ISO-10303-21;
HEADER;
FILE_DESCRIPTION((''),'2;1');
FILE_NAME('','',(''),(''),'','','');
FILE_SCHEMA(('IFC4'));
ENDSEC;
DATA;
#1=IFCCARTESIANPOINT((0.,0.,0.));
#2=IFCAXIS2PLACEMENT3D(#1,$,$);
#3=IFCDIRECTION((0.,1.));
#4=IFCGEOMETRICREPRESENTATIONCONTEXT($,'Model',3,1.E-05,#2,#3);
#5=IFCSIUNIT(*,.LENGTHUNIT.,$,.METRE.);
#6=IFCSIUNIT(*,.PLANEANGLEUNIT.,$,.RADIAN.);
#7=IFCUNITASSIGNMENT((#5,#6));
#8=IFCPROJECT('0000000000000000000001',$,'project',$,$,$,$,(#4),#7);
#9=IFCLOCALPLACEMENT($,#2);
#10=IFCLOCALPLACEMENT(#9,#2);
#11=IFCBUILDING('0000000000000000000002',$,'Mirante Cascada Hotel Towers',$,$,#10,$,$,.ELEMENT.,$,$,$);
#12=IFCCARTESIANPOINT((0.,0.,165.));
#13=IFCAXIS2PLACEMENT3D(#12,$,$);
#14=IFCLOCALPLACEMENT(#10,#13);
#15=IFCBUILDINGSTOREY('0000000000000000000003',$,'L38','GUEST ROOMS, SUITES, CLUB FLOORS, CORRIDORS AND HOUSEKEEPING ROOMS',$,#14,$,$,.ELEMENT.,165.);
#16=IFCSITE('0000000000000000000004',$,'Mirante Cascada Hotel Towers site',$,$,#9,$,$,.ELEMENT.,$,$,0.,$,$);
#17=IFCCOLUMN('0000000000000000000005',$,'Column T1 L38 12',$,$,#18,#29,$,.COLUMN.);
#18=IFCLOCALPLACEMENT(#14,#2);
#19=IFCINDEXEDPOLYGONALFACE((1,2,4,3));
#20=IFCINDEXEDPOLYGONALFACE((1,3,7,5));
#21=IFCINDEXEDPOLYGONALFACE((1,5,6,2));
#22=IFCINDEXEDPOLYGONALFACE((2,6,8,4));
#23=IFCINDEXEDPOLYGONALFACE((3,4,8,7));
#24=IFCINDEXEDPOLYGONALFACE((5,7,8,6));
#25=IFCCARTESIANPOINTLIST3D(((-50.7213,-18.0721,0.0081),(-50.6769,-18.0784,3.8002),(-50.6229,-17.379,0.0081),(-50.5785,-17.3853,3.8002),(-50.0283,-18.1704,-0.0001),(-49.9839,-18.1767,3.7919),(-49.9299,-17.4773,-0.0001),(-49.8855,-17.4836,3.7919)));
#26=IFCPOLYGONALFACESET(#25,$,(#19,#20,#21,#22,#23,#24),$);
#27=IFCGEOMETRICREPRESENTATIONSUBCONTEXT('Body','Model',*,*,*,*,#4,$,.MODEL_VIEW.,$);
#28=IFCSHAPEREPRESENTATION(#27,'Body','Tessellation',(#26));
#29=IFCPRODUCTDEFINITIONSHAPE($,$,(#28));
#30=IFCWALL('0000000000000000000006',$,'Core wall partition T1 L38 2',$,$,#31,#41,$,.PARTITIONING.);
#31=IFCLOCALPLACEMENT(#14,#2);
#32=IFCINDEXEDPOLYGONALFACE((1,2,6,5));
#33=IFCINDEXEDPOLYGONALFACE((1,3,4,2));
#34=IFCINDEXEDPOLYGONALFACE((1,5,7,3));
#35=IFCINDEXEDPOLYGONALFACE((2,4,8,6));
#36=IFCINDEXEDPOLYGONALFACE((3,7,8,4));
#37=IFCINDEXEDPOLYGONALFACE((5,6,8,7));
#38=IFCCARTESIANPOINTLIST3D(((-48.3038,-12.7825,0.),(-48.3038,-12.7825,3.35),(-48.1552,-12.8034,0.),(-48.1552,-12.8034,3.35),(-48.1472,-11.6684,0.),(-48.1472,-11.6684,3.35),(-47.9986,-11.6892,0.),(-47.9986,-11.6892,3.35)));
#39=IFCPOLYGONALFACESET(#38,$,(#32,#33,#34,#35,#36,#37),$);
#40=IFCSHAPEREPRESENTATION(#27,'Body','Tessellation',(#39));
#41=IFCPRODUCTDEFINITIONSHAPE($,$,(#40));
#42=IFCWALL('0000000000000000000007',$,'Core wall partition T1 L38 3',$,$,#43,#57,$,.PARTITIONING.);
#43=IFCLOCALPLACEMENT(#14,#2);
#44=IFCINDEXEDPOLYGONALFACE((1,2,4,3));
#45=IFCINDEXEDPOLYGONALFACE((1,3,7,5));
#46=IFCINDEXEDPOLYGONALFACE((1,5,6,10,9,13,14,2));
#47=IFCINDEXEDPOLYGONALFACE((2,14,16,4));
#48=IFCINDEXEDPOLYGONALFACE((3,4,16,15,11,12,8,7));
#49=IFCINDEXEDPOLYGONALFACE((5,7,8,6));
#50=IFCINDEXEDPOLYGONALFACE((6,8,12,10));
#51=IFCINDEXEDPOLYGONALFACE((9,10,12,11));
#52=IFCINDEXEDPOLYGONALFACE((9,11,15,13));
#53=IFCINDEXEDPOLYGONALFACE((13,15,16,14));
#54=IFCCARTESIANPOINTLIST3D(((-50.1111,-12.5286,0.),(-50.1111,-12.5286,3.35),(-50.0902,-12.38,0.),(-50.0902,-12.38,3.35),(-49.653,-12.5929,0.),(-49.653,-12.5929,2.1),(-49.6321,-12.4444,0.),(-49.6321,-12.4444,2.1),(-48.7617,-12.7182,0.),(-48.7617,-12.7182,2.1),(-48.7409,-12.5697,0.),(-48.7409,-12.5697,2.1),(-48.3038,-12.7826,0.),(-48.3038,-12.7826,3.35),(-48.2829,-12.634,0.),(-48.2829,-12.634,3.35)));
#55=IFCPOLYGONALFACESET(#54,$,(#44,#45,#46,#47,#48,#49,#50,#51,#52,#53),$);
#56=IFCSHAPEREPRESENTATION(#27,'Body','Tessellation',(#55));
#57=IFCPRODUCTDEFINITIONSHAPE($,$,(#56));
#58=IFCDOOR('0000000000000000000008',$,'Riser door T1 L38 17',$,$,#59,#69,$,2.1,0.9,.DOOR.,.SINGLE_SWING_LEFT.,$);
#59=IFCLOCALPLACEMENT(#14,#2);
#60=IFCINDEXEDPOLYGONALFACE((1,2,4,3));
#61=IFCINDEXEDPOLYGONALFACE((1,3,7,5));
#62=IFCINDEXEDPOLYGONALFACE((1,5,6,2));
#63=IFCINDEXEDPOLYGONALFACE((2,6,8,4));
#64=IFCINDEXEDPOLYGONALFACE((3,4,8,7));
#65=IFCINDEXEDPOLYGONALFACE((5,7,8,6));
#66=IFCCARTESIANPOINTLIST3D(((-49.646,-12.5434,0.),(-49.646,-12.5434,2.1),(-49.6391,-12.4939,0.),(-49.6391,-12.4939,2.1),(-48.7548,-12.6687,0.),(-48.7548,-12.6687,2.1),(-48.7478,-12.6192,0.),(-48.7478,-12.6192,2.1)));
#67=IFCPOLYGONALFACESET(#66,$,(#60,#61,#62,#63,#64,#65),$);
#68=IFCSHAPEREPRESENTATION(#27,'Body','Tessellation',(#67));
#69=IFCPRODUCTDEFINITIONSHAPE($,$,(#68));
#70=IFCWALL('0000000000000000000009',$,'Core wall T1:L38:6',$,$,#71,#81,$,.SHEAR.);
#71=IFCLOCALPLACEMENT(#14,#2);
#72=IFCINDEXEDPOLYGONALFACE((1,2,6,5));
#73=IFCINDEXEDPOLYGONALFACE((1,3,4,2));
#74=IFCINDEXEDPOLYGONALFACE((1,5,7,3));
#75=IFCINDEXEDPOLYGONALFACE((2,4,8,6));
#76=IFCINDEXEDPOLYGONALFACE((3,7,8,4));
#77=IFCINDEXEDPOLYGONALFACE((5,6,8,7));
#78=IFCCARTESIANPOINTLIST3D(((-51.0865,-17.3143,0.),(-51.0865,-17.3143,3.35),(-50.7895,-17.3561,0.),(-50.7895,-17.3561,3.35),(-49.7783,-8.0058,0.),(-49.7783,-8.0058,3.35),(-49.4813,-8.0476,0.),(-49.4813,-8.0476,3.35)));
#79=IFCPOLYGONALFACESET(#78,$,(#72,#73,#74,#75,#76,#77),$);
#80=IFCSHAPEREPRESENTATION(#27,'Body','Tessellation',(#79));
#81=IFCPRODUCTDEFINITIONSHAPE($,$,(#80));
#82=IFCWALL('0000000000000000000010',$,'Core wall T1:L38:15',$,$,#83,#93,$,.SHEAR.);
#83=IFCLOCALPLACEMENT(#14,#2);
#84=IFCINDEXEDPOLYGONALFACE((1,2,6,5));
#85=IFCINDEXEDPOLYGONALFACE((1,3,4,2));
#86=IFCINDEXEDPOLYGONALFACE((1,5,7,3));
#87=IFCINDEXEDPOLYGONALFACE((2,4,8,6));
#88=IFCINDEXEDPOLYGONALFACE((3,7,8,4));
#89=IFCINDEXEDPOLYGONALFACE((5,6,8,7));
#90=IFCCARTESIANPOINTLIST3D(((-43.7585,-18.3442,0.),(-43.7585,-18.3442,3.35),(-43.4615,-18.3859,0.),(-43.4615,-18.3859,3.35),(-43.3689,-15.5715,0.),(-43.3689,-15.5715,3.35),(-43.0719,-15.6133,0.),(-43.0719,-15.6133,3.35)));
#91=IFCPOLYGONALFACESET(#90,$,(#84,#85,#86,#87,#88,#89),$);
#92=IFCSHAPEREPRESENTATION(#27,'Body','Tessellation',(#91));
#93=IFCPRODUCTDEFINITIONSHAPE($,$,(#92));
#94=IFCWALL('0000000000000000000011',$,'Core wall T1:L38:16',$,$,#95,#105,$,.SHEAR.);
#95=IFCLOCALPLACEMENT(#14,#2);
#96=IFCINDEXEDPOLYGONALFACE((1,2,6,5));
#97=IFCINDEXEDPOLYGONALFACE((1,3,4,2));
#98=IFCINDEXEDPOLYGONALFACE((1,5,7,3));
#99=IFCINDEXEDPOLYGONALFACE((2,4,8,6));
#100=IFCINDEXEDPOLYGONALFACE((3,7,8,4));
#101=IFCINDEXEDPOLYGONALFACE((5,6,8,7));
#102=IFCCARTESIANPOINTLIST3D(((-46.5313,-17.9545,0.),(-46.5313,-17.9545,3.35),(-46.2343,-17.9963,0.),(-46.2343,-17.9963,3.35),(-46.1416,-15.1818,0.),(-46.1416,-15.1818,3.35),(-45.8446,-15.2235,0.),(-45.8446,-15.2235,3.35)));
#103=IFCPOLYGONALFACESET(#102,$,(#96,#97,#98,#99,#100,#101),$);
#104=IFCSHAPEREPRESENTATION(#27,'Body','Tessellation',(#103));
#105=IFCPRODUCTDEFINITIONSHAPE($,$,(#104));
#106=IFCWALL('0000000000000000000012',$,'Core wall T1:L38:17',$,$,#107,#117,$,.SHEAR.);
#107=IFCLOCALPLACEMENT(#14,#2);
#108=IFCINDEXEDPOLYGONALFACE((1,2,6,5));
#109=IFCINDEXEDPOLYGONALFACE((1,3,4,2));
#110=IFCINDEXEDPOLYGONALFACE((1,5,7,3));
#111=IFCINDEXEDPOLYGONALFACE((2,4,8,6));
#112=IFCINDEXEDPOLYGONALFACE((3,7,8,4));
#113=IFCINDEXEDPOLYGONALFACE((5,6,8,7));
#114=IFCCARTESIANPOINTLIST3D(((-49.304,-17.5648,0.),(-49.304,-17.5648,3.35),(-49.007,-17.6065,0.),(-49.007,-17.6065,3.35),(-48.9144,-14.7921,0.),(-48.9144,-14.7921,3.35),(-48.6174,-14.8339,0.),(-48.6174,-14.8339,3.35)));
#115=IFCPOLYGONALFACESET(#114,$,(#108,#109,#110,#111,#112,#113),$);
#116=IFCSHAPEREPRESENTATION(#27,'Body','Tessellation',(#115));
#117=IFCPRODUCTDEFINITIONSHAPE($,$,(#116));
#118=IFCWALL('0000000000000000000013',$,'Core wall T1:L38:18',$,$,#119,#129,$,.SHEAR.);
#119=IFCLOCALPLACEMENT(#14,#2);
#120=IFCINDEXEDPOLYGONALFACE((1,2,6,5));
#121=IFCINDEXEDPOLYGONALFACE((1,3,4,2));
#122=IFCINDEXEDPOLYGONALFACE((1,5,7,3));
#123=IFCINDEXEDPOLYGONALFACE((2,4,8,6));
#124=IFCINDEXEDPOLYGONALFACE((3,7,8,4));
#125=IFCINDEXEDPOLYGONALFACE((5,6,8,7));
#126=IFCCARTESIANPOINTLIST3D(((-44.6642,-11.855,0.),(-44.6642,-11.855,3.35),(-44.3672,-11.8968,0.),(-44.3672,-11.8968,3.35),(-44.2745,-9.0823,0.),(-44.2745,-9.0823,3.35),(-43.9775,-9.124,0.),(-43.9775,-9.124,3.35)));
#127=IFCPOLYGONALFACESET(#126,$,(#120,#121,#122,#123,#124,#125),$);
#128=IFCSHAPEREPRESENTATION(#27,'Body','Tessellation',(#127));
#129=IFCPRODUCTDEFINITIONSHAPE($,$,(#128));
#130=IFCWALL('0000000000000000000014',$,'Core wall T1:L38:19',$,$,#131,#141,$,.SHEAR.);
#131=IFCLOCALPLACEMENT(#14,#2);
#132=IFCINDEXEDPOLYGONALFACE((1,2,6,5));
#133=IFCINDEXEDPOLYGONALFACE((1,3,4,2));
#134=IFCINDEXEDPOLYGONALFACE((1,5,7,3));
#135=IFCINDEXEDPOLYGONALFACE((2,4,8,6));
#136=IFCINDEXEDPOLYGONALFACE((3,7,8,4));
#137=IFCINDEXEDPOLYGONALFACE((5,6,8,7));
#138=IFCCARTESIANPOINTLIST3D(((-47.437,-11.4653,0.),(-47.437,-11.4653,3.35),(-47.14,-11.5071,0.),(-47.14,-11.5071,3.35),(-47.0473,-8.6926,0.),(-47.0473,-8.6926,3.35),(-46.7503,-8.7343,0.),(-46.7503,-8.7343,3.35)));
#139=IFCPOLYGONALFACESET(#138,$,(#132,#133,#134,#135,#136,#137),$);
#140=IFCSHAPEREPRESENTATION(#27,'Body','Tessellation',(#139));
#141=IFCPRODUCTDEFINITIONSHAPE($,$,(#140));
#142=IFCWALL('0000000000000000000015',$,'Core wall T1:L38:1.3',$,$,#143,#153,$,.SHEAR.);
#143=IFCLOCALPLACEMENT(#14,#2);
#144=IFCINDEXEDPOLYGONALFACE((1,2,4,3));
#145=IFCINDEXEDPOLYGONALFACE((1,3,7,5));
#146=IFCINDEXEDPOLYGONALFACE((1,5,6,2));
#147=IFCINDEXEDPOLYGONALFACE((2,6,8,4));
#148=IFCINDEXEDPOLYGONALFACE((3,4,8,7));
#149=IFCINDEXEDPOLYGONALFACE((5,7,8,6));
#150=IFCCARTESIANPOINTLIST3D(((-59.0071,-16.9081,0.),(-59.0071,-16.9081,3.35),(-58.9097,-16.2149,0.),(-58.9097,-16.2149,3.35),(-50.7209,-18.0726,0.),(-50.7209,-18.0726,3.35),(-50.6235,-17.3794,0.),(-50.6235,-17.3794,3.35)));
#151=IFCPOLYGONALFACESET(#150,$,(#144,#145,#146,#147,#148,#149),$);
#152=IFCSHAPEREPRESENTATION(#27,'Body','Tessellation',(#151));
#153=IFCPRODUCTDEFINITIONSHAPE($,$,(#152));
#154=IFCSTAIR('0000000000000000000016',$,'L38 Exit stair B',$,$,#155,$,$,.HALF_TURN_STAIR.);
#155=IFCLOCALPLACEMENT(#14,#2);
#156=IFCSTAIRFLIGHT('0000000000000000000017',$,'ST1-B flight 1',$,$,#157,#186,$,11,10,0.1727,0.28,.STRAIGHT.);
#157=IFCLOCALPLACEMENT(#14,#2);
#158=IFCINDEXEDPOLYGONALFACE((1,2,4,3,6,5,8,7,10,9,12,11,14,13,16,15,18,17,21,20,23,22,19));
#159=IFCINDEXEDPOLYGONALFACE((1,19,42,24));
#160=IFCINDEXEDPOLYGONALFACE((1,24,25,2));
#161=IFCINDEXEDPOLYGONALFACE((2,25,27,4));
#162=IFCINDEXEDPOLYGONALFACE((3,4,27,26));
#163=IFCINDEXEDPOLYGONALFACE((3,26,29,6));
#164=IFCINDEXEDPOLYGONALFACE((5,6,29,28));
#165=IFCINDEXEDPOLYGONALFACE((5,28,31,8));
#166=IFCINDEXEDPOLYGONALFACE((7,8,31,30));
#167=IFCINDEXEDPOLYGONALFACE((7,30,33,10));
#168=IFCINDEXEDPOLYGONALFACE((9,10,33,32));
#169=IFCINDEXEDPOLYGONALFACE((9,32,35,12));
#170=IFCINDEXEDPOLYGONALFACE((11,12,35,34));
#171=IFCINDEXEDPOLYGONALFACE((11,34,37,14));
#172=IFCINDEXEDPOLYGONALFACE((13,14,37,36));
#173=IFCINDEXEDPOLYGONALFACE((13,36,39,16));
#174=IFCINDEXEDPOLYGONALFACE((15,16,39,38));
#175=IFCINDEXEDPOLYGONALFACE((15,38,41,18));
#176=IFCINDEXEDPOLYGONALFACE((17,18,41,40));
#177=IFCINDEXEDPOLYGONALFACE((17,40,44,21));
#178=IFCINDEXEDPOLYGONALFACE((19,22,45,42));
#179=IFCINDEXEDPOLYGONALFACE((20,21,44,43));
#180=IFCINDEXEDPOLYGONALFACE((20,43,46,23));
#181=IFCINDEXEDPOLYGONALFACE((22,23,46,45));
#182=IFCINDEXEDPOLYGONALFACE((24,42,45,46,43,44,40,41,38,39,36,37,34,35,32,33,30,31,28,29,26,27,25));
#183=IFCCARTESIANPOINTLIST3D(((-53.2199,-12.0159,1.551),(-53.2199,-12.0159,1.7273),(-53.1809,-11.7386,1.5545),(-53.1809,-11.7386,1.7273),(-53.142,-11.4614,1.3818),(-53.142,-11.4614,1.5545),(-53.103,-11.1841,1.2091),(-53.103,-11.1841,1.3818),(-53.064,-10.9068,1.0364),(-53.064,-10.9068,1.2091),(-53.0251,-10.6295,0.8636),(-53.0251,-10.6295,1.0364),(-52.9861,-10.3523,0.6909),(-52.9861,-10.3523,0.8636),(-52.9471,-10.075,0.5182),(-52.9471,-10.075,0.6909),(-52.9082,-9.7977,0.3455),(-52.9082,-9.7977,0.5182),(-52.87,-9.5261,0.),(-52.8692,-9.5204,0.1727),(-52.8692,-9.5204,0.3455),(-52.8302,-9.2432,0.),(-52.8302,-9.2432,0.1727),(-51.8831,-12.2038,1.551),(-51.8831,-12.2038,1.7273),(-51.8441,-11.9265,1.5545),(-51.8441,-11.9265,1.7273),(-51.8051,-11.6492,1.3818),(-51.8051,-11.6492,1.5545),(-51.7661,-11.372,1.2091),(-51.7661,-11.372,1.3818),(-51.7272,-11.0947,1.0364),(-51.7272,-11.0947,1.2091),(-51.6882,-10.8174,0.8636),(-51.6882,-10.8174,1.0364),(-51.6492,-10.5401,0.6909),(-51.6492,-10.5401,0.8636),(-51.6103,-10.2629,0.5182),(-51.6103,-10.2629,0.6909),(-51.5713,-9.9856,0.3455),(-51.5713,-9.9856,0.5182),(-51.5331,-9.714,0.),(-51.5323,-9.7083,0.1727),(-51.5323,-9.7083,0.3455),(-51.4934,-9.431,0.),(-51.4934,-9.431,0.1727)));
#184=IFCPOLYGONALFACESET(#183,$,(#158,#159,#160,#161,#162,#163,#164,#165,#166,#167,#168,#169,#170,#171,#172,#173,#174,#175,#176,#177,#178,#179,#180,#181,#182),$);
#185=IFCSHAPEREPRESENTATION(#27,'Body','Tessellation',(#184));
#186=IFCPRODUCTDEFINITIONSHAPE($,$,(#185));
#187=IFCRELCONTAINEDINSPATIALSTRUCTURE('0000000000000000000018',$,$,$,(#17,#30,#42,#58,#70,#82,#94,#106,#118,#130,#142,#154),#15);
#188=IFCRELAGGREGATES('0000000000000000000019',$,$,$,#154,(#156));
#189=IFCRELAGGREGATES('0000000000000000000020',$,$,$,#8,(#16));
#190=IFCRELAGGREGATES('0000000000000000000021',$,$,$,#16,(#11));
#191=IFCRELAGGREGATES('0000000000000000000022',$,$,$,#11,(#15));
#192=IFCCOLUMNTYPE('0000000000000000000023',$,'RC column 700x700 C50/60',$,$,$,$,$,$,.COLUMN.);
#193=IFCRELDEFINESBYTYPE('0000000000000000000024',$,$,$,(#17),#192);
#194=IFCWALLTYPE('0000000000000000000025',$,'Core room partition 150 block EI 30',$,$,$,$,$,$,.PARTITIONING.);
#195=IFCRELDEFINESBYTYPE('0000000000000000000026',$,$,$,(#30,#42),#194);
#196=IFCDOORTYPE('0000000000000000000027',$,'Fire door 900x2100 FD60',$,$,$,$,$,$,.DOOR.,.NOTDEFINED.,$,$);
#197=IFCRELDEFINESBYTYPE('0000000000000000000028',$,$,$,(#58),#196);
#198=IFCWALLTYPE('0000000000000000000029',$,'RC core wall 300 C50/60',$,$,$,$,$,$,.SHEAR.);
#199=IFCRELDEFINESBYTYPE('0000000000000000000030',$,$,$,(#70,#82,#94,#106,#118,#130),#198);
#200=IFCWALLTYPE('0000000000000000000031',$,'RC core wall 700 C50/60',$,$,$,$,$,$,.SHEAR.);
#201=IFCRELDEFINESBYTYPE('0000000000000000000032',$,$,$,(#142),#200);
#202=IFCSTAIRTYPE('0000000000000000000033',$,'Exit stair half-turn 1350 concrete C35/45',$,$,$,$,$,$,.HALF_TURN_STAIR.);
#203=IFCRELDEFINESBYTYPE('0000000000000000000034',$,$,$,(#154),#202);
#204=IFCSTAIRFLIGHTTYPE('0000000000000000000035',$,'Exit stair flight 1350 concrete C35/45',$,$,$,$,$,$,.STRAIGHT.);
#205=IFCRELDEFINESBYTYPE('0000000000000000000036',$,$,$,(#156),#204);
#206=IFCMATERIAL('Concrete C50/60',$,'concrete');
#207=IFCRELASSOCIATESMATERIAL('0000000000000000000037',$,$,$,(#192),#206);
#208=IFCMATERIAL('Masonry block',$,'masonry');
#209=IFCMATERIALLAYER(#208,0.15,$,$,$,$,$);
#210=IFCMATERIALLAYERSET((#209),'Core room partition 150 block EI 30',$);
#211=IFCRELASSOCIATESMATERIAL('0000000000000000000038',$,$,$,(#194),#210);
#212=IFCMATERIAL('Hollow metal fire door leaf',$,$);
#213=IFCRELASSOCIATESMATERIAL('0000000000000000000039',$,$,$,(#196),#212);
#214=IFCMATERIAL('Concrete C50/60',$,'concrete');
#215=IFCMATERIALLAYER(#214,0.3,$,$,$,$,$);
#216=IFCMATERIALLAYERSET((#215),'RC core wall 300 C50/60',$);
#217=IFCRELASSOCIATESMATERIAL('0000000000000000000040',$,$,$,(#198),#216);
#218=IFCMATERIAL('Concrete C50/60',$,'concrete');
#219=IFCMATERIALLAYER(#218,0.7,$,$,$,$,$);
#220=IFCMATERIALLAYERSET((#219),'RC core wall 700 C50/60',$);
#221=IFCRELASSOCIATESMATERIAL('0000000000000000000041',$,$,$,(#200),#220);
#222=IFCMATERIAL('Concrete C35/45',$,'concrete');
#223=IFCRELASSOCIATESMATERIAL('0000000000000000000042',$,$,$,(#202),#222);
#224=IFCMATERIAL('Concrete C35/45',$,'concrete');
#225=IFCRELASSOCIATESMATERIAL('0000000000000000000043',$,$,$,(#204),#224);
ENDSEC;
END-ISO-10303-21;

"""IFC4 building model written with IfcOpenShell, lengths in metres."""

from ifc_helpers import new_model, si_unit, direction, frame, frame_2d, origin, origin_2d, place, context, subcontext, project, spatial, polyline, rectangle, outline, extrude, material, layer, layer_set, material_profile, profile_set, type_object, element, fill, aggregate, save


model = new_model("IFC4")

# Units and contexts
model_context = context("Model", 3, precision=1e-05, world=origin(), true_north=direction((0.0, 1.0)))
body_context = subcontext(model_context, "Body", "Model", "MODEL_VIEW")
ifc_project = project(units=[si_unit("LENGTHUNIT", "METRE"), si_unit("PLANEANGLEUNIT", "RADIAN")], contexts=[model_context])

# Site, building, storey
site_placement = place(None, origin())
site = spatial("IfcSite", under=ifc_project, at=site_placement, Name="Mirante Cascada Hotel Towers site", CompositionType="ELEMENT", RefElevation=0.0)
building_placement = place(site_placement, origin())
building = spatial("IfcBuilding", under=site, at=building_placement, Name="Mirante Cascada Hotel Towers", CompositionType="ELEMENT")
storey_placement = place(building_placement, frame((0.0, 0.0, 165.0)))
storey = spatial("IfcBuildingStorey", under=building, at=storey_placement, Name="L38", Description="GUEST ROOMS, SUITES, CLUB FLOORS, CORRIDORS AND HOUSEKEEPING ROOMS", CompositionType="ELEMENT", Elevation=165.0)

# Column
ifc_material_1 = material(Name="Concrete C50/60", Category="concrete")
ifc_material_profile = material_profile(ifc_material_1, rectangle(XDim=0.7, YDim=0.7, at=origin_2d()), Name="RC column 700x700 C50/60")
ifc_profile_set = profile_set([ifc_material_profile], Name="Concrete C50/60")
column_type = type_object("IfcColumnType", Name="RC column 700x700 C50/60", PredefinedType="COLUMN", material=ifc_profile_set)
column_placement = place(storey_placement, frame((-50.3256, -17.7747, 0.004), z_axis=(0.011708, -0.001661, 0.99993), x_axis=(0.140485, 0.990083, 0.0)))
element("IfcColumn", 1, at=column_placement, inside=storey, type_object=column_type, Name="Column T1 L38 12", PredefinedType="COLUMN", context=body_context, shape_type="SweptSolid", body=[
    extrude(rectangle(XDim=0.7, YDim=0.7, at=origin_2d()), origin(), (0.0, 0.0, 1.0), 3.7923),
])

# Wall
ifc_material_2 = material(Name="Masonry block", Category="masonry")
ifc_layer_1 = layer(ifc_material_2, 0.15)
ifc_layer_set_1 = layer_set([ifc_layer_1], Name="Core room partition 150 block EI 30")
wall_type_1 = type_object("IfcWallType", Name="Core room partition 150 block EI 30", PredefinedType="PARTITIONING", material=ifc_layer_set_1)
wall_1_placement = place(storey_placement, frame((-48.2295, -12.793, 0.0), z_axis=(0.0, 0.0, 1.0), x_axis=(0.139193, 0.990265, 0.0)))
element("IfcWall", 2, at=wall_1_placement, inside=storey, type_object=wall_type_1, Name="Core wall partition T1 L38 2", PredefinedType="PARTITIONING", context=body_context, shape_type="SweptSolid", body=[
    extrude(rectangle(XDim=1.1251, YDim=0.15, at=frame_2d((0.5626, 0.0))), origin(), (0.0, 0.0, 1.0), 3.35),
])

# Wall, opening, door
wall_2_placement = place(storey_placement, frame((-48.2933, -12.7083, 0.0), z_axis=(0.0, 0.0, 1.0), x_axis=(-0.990268, 0.139173, 0.0)))
wall_2 = element("IfcWall", 3, at=wall_2_placement, inside=storey, type_object=wall_type_1, Name="Core wall partition T1 L38 3", PredefinedType="PARTITIONING", context=body_context, shape_type="SweptSolid", body=[
    extrude(rectangle(XDim=1.8251, YDim=0.15, at=frame_2d((0.9126, 0.0))), origin(), (0.0, 0.0, 1.0), 3.35),
])
opening_placement = place(wall_2_placement, frame((0.4625, 0.0, 0.0)))
opening = element("IfcOpeningElement", 4, at=opening_placement, cuts=wall_2, PredefinedType="OPENING", context=body_context, shape_type="SweptSolid", body=[
    extrude(rectangle(XDim=0.9, YDim=2.1, at=frame_2d((0.45, 1.05))), frame((0.0, 0.075, 0.0), z_axis=(0.0, -1.0, 0.0), x_axis=(1.0, 0.0, 0.0)), (0.0, 0.0, 1.0), 0.15),
])
ifc_material_3 = material(Name="Hollow metal fire door leaf")
door_type = type_object("IfcDoorType", Name="Fire door 900x2100 FD60", OperationType="NOTDEFINED", PredefinedType="DOOR", material=ifc_material_3)
door_placement = place(opening_placement, origin())
door = element("IfcDoor", 5, at=door_placement, inside=storey, type_object=door_type, Name="Riser door T1 L38 17", OperationType="SINGLE_SWING_LEFT", OverallHeight=2.1, OverallWidth=0.9, PredefinedType="DOOR", context=body_context, shape_type="SweptSolid", body=[
    extrude(rectangle(XDim=0.9, YDim=2.1, at=frame_2d((0.45, 1.05))), frame((0.0, 0.025, 0.0), z_axis=(0.0, -1.0, 0.0), x_axis=(1.0, 0.0, 0.0)), (0.0, 0.0, 1.0), 0.05),
])
fill(opening, door)

# Walls
ifc_material_4 = material(Name="Concrete C50/60", Category="concrete")
ifc_layer_2 = layer(ifc_material_4, 0.3)
ifc_layer_set_2 = layer_set([ifc_layer_2], Name="RC core wall 300 C50/60")
wall_type_2 = type_object("IfcWallType", Name="RC core wall 300 C50/60", PredefinedType="SHEAR", material=ifc_layer_set_2)
wall_3_placement = place(storey_placement, frame((-50.938, -17.3352, 0.0), z_axis=(0.0, 0.0, 1.0), x_axis=(0.139171, 0.990268, 0.0)))
element("IfcWall", 6, at=wall_3_placement, inside=storey, type_object=wall_type_2, Name="Core wall T1:L38:6", PredefinedType="SHEAR", context=body_context, shape_type="SweptSolid", body=[
    extrude(rectangle(XDim=9.4, YDim=0.3, at=frame_2d((4.7, 0.0))), origin(), (0.0, 0.0, 1.0), 3.35),
])
wall_4_placement = place(storey_placement, frame((-43.61, -18.3651, 0.0), z_axis=(0.0, 0.0, 1.0), x_axis=(0.139146, 0.990272, 0.0)))
element("IfcWall", 7, at=wall_4_placement, inside=storey, type_object=wall_type_2, Name="Core wall T1:L38:15", PredefinedType="SHEAR", context=body_context, shape_type="SweptSolid", body=[
    extrude(rectangle(XDim=2.7999, YDim=0.3, at=frame_2d((1.4, 0.0))), origin(), (0.0, 0.0, 1.0), 3.35),
])
wall_5_placement = place(storey_placement, frame((-46.3828, -17.9754, 0.0), z_axis=(0.0, 0.0, 1.0), x_axis=(0.139181, 0.990267, 0.0)))
element("IfcWall", 8, at=wall_5_placement, inside=storey, type_object=wall_type_2, Name="Core wall T1:L38:16", PredefinedType="SHEAR", context=body_context, shape_type="SweptSolid", body=[
    extrude(rectangle(XDim=2.8, YDim=0.3, at=frame_2d((1.4, 0.0))), origin(), (0.0, 0.0, 1.0), 3.35),
])
wall_6_placement = place(storey_placement, frame((-49.1555, -17.5857, 0.0), z_axis=(0.0, 0.0, 1.0), x_axis=(0.139146, 0.990272, 0.0)))
element("IfcWall", 9, at=wall_6_placement, inside=storey, type_object=wall_type_2, Name="Core wall T1:L38:17", PredefinedType="SHEAR", context=body_context, shape_type="SweptSolid", body=[
    extrude(rectangle(XDim=2.7999, YDim=0.3, at=frame_2d((1.4, 0.0))), origin(), (0.0, 0.0, 1.0), 3.35),
])
for number, where, z_axis, x_axis, name in (
    (10, (-44.5157, -11.8759, 0.0), (0.0, 0.0, 1.0), (0.139181, 0.990267, 0.0), "Core wall T1:L38:18"),
    (11, (-47.2885, -11.4862, 0.0), (0.0, 0.0, 1.0), (0.139181, 0.990267, 0.0), "Core wall T1:L38:19"),
):
    element("IfcWall", number, at=place(storey_placement, frame(where, z_axis=z_axis, x_axis=x_axis)), inside=storey, type_object=wall_type_2, Name=name, PredefinedType="SHEAR", context=body_context, shape_type="SweptSolid", body=[
        extrude(rectangle(XDim=2.8, YDim=0.3, at=frame_2d((1.4, 0.0))), origin(), (0.0, 0.0, 1.0), 3.35),
    ])
ifc_material_5 = material(Name="Concrete C50/60", Category="concrete")
ifc_layer_3 = layer(ifc_material_5, 0.7)
ifc_layer_set_3 = layer_set([ifc_layer_3], Name="RC core wall 700 C50/60")
wall_type_3 = type_object("IfcWallType", Name="RC core wall 700 C50/60", PredefinedType="SHEAR", material=ifc_layer_set_3)
wall_7_placement = place(storey_placement, frame((-50.6722, -17.726, 0.0), z_axis=(0.0, 0.0, 1.0), x_axis=(-0.990269, 0.139167, 0.0)))
element("IfcWall", 12, at=wall_7_placement, inside=storey, type_object=wall_type_3, Name="Core wall T1:L38:1.3", PredefinedType="SHEAR", context=body_context, shape_type="SweptSolid", body=[
    extrude(rectangle(XDim=8.3676, YDim=0.7, at=frame_2d((4.1838, 0.0))), origin(), (0.0, 0.0, 1.0), 3.35),
])

# Stair, stair flight
ifc_material_6 = material(Name="Concrete C35/45", Category="concrete")
stair_type = type_object("IfcStairType", Name="Exit stair half-turn 1350 concrete C35/45", PredefinedType="HALF_TURN_STAIR", material=ifc_material_6)
stair_placement = place(storey_placement, origin())
stair = element("IfcStair", 13, at=stair_placement, inside=storey, type_object=stair_type, Name="L38 Exit stair B", PredefinedType="HALF_TURN_STAIR")
ifc_material_7 = material(Name="Concrete C35/45", Category="concrete")
stair_flight_type = type_object("IfcStairFlightType", Name="Exit stair flight 1350 concrete C35/45", PredefinedType="STRAIGHT", material=ifc_material_7)
stair_flight_1_placement = place(storey_placement, frame((-52.1618, -9.3371, 0.0), z_axis=(0.0, 0.0, 1.0), x_axis=(-0.139173, -0.990268, 0.0)))
stair_flight_1 = element("IfcStairFlight", 14, at=stair_flight_1_placement, type_object=stair_flight_type, Name="ST1-B flight 1", NumberOfRisers=11, NumberOfTreads=10, PredefinedType="STRAIGHT", RiserHeight=0.1727, TreadLength=0.28, context=body_context, shape_type="SweptSolid", body=[
    extrude(outline(polyline([(0.0, 0.0), (0.0, 0.1727), (0.28, 0.1727), (0.28, 0.3455), (0.56, 0.3455), (0.56, 0.5182), (0.84, 0.5182), (0.84, 0.6909), (1.12, 0.6909), (1.12, 0.8636), (1.4, 0.8636), (1.4, 1.0364), (1.68, 1.0364), (1.68, 1.2091), (1.96, 1.2091), (1.96, 1.3818), (2.24, 1.3818), (2.24, 1.5545), (2.52, 1.5545), (2.52, 1.7273), (2.8, 1.7273), (2.8, 1.9), (2.8, 1.551), (0.2857, 0.0), (0.0, 0.0)])), frame((0.0, 0.675, 0.0), z_axis=(0.0, -1.0, 0.0), x_axis=(1.0, 0.0, 0.0)), (0.0, 0.0, 1.0), 1.35),
])
aggregate(stair, [stair_flight_1])

save(model, "model.ifc")
